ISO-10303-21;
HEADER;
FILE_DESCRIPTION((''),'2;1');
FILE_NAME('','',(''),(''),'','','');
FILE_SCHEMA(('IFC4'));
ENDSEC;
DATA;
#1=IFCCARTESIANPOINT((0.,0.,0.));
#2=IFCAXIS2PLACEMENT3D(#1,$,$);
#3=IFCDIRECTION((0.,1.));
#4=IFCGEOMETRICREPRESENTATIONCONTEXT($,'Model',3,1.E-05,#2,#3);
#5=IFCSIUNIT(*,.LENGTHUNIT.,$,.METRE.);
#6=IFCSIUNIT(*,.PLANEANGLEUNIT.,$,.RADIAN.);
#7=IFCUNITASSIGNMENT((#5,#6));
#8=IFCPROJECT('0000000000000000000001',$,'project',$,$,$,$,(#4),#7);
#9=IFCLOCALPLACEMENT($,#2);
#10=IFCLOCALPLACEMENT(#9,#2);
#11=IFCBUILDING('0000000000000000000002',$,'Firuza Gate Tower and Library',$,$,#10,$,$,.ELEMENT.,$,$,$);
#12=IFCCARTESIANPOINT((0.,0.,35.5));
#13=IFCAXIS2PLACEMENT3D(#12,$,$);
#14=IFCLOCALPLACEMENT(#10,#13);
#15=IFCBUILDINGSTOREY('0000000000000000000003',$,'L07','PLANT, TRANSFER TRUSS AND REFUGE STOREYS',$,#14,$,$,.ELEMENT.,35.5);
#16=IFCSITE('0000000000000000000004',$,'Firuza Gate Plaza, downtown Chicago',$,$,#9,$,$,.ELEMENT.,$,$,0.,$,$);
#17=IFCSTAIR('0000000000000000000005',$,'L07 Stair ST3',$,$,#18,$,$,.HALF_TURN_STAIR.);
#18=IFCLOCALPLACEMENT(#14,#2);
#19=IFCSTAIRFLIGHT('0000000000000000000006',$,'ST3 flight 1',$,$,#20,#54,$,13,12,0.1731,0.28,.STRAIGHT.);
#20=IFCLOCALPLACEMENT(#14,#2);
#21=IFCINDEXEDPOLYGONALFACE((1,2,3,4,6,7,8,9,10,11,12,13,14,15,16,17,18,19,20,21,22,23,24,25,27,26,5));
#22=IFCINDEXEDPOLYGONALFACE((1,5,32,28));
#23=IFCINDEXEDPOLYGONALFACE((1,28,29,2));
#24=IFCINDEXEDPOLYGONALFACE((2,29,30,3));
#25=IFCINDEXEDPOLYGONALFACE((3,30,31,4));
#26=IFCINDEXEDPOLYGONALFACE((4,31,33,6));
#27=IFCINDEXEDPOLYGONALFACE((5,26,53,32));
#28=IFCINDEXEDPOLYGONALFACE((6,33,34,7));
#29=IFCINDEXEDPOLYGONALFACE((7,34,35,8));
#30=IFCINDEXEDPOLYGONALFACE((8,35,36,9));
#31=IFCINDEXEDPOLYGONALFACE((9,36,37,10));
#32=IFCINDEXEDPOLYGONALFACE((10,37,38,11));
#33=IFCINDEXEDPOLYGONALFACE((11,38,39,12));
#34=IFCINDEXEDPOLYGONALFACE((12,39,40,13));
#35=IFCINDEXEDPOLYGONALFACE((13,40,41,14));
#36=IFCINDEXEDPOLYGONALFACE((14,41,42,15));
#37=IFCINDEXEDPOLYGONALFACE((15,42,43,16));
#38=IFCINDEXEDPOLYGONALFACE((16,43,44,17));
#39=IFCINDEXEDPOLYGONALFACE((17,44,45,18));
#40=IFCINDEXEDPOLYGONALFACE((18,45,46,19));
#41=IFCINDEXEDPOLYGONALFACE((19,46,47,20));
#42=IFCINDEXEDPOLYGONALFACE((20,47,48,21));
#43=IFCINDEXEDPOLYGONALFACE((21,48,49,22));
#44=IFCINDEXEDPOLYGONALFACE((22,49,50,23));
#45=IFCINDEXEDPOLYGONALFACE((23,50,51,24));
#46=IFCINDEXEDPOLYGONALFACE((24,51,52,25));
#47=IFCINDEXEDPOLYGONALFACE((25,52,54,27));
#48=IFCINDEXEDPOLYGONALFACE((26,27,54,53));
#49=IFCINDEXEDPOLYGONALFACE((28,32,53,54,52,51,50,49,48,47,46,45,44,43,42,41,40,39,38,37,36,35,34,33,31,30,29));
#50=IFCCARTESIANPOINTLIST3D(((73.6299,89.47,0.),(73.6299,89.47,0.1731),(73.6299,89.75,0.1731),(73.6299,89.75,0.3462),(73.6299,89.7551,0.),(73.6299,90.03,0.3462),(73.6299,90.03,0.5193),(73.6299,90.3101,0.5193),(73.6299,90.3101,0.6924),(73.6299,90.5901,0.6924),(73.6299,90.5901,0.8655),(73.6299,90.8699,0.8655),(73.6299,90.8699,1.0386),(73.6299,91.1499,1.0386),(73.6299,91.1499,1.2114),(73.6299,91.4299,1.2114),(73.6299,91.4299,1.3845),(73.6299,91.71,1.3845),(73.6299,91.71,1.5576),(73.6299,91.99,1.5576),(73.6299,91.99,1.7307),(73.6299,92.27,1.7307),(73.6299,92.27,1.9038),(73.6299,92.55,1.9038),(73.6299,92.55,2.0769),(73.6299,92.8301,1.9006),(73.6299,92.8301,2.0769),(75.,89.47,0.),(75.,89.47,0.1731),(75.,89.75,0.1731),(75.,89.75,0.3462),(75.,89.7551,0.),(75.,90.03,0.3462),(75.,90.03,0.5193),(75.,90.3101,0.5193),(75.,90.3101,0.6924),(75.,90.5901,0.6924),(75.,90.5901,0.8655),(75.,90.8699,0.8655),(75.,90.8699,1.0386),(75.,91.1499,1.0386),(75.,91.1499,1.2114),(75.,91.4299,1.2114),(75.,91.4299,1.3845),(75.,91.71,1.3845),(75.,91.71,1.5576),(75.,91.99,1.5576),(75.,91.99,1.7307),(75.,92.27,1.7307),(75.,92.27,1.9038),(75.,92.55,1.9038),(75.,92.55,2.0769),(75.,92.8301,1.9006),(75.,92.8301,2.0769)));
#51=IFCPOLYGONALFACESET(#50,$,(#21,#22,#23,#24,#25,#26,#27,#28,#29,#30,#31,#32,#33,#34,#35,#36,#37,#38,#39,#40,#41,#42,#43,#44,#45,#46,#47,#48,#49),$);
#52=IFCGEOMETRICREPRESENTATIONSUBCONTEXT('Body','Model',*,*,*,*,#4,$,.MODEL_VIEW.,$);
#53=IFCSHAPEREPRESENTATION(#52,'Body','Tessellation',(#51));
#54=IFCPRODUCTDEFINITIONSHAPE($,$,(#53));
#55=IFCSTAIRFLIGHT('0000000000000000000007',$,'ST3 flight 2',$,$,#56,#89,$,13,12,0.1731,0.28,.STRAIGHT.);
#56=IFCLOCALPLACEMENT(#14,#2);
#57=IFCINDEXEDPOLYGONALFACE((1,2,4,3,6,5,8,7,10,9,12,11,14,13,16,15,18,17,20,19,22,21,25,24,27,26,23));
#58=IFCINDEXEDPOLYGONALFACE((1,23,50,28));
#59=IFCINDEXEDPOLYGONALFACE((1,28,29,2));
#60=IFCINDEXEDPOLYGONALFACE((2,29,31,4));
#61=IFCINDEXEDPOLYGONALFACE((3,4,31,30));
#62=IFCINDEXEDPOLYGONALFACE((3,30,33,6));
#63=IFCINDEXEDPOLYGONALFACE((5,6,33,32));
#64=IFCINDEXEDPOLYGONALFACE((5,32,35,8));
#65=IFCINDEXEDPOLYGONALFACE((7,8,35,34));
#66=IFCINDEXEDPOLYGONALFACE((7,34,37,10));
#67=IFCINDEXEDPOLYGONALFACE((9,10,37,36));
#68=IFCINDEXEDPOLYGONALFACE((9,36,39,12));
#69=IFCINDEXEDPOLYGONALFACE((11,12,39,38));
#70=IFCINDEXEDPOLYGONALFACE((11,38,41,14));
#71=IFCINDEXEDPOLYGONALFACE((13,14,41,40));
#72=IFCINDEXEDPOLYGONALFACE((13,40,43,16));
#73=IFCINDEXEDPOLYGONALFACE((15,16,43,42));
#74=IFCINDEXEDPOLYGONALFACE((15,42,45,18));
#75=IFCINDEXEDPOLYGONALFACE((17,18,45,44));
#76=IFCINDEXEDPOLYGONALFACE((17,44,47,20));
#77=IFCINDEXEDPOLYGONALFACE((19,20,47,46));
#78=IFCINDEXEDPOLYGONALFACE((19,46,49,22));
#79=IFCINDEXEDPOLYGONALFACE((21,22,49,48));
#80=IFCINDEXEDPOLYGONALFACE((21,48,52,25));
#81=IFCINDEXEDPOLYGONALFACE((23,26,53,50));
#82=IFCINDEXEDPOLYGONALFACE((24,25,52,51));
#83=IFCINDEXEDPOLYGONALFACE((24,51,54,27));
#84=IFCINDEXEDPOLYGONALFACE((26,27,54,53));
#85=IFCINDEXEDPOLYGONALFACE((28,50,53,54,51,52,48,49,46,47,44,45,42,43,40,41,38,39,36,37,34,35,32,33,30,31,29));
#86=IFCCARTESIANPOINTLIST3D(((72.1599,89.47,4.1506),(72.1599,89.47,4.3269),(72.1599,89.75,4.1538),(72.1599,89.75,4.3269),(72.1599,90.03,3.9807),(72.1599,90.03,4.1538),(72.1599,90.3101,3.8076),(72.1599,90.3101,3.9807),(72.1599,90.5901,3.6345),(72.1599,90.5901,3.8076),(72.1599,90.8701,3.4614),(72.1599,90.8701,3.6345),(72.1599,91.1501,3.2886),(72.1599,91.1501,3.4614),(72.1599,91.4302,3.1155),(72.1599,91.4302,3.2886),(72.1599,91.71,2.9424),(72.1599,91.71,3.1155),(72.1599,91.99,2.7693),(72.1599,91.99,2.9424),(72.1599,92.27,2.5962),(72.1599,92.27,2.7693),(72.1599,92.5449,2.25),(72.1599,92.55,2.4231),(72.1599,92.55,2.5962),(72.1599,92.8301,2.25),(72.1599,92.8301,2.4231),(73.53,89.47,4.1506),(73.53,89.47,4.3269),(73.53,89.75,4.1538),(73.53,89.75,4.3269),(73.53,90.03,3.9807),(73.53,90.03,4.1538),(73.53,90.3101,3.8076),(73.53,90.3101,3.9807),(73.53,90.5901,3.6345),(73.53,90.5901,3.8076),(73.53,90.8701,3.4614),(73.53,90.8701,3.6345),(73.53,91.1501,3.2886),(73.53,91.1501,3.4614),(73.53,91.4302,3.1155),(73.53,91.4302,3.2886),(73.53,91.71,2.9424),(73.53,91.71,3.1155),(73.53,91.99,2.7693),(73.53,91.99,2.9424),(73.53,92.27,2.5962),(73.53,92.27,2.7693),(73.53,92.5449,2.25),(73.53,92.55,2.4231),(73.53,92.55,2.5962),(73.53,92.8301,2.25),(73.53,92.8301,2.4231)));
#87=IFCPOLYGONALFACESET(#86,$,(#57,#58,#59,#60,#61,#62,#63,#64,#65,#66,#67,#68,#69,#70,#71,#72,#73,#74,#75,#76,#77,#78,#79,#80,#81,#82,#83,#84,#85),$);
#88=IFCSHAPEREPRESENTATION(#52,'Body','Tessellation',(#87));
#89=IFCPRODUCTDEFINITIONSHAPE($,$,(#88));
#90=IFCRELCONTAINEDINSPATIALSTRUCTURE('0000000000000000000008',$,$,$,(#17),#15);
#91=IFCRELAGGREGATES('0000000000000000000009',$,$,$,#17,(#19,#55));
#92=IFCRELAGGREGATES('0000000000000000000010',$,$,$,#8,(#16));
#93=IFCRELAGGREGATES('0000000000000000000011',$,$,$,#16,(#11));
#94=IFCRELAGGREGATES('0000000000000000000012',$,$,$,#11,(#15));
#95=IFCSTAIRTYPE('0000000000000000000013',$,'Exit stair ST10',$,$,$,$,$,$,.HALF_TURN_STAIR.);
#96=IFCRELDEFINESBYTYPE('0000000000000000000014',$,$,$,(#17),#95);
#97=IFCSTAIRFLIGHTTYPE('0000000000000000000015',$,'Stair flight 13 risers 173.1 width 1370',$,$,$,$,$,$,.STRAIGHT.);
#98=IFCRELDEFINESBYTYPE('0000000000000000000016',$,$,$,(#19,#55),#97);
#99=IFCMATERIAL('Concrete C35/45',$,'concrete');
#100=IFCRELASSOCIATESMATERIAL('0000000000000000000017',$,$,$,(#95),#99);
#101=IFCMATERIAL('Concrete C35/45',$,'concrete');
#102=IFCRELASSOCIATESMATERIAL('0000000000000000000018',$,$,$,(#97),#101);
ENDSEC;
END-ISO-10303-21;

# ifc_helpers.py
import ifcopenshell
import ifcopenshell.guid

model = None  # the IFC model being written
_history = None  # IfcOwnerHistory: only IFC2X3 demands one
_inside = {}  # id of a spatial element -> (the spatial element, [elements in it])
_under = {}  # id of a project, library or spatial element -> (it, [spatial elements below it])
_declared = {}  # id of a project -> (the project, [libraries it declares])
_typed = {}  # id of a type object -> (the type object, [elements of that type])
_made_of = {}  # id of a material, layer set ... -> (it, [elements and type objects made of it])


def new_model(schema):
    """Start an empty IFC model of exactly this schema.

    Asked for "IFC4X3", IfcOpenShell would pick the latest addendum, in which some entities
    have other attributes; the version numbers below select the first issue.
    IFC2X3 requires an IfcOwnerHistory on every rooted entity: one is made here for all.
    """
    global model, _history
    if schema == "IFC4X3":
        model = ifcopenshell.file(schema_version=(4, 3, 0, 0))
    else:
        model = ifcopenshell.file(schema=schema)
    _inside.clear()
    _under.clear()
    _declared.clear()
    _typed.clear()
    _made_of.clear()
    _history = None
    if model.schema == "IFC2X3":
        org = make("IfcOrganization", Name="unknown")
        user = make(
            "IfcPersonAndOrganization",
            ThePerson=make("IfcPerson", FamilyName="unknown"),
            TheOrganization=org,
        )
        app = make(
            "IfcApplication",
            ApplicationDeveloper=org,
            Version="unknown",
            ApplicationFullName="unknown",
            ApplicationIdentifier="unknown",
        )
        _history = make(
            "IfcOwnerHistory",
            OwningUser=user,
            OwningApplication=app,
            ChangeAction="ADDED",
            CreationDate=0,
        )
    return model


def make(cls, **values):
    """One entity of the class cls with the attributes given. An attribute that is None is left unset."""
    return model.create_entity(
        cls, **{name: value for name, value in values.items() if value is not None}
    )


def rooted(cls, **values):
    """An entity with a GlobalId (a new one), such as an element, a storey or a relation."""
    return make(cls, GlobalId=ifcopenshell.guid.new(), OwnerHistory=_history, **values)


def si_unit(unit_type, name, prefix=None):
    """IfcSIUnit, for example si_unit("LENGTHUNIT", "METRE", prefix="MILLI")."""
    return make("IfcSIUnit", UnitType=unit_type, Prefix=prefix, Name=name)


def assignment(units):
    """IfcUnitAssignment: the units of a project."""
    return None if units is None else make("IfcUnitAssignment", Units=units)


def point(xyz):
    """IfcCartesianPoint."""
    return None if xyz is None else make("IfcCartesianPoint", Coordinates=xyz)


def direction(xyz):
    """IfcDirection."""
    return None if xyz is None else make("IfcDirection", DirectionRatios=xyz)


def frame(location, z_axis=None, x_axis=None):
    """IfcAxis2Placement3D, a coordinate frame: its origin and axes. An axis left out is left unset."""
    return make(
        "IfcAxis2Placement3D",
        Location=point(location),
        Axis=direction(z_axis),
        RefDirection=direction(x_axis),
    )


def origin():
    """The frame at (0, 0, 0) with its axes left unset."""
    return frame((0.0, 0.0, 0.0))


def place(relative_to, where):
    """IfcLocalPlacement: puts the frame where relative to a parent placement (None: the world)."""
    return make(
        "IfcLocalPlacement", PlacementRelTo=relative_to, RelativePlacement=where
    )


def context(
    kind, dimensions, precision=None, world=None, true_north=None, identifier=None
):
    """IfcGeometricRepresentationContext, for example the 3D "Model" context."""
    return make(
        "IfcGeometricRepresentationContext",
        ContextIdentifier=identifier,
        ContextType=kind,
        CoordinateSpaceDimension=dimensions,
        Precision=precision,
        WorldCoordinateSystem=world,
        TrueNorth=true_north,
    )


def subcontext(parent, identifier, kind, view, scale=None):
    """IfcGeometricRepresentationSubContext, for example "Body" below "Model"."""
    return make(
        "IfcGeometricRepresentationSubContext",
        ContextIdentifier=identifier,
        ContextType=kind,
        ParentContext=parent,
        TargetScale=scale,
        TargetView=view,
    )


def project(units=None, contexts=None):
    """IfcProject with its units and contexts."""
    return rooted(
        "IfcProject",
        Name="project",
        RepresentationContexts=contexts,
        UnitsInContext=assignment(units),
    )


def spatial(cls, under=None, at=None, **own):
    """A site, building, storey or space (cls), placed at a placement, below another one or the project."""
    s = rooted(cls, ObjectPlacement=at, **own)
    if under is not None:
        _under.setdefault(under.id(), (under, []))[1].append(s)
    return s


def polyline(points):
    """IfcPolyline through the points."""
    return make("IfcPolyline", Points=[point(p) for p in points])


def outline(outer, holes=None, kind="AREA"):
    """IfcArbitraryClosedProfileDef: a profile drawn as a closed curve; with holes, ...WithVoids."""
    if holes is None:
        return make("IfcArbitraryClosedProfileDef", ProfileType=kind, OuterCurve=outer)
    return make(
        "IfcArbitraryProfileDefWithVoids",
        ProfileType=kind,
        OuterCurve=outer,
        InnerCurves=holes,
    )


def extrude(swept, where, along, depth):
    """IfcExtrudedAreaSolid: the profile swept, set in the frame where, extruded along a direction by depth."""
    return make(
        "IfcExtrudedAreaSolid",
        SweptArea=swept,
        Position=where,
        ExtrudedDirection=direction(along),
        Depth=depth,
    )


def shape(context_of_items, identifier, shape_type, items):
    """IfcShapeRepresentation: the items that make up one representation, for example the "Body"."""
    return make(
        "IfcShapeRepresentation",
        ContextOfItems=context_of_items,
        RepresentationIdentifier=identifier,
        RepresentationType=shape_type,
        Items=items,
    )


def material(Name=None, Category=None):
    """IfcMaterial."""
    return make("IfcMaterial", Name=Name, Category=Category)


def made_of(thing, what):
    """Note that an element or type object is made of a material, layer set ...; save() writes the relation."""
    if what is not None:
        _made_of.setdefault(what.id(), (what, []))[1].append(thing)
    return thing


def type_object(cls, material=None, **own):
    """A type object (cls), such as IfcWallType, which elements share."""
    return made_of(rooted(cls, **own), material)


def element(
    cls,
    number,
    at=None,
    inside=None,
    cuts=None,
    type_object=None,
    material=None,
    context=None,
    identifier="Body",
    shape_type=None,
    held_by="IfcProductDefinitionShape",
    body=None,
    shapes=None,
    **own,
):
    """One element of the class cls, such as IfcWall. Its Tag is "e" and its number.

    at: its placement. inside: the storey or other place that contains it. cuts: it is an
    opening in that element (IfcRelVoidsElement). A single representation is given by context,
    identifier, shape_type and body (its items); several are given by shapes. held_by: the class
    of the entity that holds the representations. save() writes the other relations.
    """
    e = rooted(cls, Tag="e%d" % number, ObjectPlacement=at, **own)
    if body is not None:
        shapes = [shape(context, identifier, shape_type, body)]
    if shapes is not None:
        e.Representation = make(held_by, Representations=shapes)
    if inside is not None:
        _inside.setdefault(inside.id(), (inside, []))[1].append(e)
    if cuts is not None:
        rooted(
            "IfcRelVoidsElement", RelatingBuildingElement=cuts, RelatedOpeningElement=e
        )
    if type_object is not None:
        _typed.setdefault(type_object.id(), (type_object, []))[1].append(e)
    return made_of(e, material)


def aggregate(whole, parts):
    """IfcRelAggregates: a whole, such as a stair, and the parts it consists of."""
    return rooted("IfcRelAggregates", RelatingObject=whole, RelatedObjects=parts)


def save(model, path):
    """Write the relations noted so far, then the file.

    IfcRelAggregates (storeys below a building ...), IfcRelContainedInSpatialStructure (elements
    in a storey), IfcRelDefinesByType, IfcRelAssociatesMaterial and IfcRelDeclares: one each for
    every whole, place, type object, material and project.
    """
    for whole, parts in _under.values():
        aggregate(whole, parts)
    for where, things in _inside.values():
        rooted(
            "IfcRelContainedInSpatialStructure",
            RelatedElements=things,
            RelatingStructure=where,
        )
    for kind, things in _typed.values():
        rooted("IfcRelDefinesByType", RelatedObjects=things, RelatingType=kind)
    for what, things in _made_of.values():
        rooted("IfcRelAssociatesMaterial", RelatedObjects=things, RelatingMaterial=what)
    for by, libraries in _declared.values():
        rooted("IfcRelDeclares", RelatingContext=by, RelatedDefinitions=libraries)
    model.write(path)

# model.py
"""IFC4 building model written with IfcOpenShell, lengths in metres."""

from ifc_helpers import new_model, si_unit, direction, frame, origin, place, context, subcontext, project, spatial, polyline, outline, extrude, material, type_object, element, aggregate, save


model = new_model("IFC4")

# Units and contexts
model_context = context("Model", 3, precision=1e-05, world=origin(), true_north=direction((0.0, 1.0)))
body_context = subcontext(model_context, "Body", "Model", "MODEL_VIEW")
ifc_project = project(units=[si_unit("LENGTHUNIT", "METRE"), si_unit("PLANEANGLEUNIT", "RADIAN")], contexts=[model_context])

# Site, building, storey
site_placement = place(None, origin())
site = spatial("IfcSite", under=ifc_project, at=site_placement, Name="Firuza Gate Plaza, downtown Chicago", CompositionType="ELEMENT", RefElevation=0.0)
building_placement = place(site_placement, origin())
building = spatial("IfcBuilding", under=site, at=building_placement, Name="Firuza Gate Tower and Library", CompositionType="ELEMENT")
storey_placement = place(building_placement, frame((0.0, 0.0, 35.5)))
storey = spatial("IfcBuildingStorey", under=building, at=storey_placement, Name="L07", Description="PLANT, TRANSFER TRUSS AND REFUGE STOREYS", CompositionType="ELEMENT", Elevation=35.5)

# Stair, stair flights
ifc_material_1 = material(Name="Concrete C35/45", Category="concrete")
stair_type = type_object("IfcStairType", Name="Exit stair ST10", PredefinedType="HALF_TURN_STAIR", material=ifc_material_1)
stair_placement = place(storey_placement, origin())
stair = element("IfcStair", 1, at=stair_placement, inside=storey, type_object=stair_type, Name="L07 Stair ST3", PredefinedType="HALF_TURN_STAIR")
ifc_material_2 = material(Name="Concrete C35/45", Category="concrete")
stair_flight_type = type_object("IfcStairFlightType", Name="Stair flight 13 risers 173.1 width 1370", PredefinedType="STRAIGHT", material=ifc_material_2)
stair_flight_1_placement = place(storey_placement, frame((74.3149, 89.47, 0.0), z_axis=(0.0, 0.0, 1.0), x_axis=(0.0, 1.0, 0.0)))
stair_flight_1 = element("IfcStairFlight", 2, at=stair_flight_1_placement, type_object=stair_flight_type, Name="ST3 flight 1", NumberOfRisers=13, NumberOfTreads=12, PredefinedType="STRAIGHT", RiserHeight=0.1731, TreadLength=0.28, context=body_context, shape_type="SweptSolid", body=[
    extrude(outline(polyline([(0.0, 0.0), (0.0, 0.1731), (0.28, 0.1731), (0.28, 0.3462), (0.5601, 0.3462), (0.5601, 0.5193), (0.8401, 0.5193), (0.8401, 0.6924), (1.1201, 0.6924), (1.1201, 0.8655), (1.3999, 0.8655), (1.3999, 1.0386), (1.6799, 1.0386), (1.6799, 1.2114), (1.96, 1.2114), (1.96, 1.3845), (2.24, 1.3845), (2.24, 1.5576), (2.52, 1.5576), (2.52, 1.7307), (2.8, 1.7307), (2.8, 1.9038), (3.0801, 1.9038), (3.0801, 2.0769), (3.3601, 2.0769), (3.3601, 2.25), (3.3601, 1.9006), (0.2852, 0.0), (0.0, 0.0)])), frame((0.0, 0.6851, 0.0), z_axis=(0.0, -1.0, 0.0), x_axis=(1.0, 0.0, 0.0)), (0.0, 0.0, 1.0), 1.3701),
])
stair_flight_2_placement = place(storey_placement, frame((72.845, 92.8301, 2.25), z_axis=(0.0, 0.0, 1.0), x_axis=(0.0, -1.0, 0.0)))
stair_flight_2 = element("IfcStairFlight", 3, at=stair_flight_2_placement, type_object=stair_flight_type, Name="ST3 flight 2", NumberOfRisers=13, NumberOfTreads=12, PredefinedType="STRAIGHT", RiserHeight=0.1731, TreadLength=0.28, context=body_context, shape_type="SweptSolid", body=[
    extrude(outline(polyline([(0.0, 0.0), (0.0, 0.1731), (0.28, 0.1731), (0.28, 0.3462), (0.5601, 0.3462), (0.5601, 0.5193), (0.8401, 0.5193), (0.8401, 0.6924), (1.1201, 0.6924), (1.1201, 0.8655), (1.3999, 0.8655), (1.3999, 1.0386), (1.6799, 1.0386), (1.6799, 1.2114), (1.96, 1.2114), (1.96, 1.3845), (2.24, 1.3845), (2.24, 1.5576), (2.52, 1.5576), (2.52, 1.7307), (2.8, 1.7307), (2.8, 1.9038), (3.0801, 1.9038), (3.0801, 2.0769), (3.3601, 2.0769), (3.3601, 2.25), (3.3601, 1.9006), (0.2852, 0.0), (0.0, 0.0)])), frame((0.0, 0.6851, 0.0), z_axis=(0.0, -1.0, 0.0), x_axis=(1.0, 0.0, 0.0)), (0.0, 0.0, 1.0), 1.3701),
])
aggregate(stair, [stair_flight_1, stair_flight_2])

save(model, "model.ifc")
